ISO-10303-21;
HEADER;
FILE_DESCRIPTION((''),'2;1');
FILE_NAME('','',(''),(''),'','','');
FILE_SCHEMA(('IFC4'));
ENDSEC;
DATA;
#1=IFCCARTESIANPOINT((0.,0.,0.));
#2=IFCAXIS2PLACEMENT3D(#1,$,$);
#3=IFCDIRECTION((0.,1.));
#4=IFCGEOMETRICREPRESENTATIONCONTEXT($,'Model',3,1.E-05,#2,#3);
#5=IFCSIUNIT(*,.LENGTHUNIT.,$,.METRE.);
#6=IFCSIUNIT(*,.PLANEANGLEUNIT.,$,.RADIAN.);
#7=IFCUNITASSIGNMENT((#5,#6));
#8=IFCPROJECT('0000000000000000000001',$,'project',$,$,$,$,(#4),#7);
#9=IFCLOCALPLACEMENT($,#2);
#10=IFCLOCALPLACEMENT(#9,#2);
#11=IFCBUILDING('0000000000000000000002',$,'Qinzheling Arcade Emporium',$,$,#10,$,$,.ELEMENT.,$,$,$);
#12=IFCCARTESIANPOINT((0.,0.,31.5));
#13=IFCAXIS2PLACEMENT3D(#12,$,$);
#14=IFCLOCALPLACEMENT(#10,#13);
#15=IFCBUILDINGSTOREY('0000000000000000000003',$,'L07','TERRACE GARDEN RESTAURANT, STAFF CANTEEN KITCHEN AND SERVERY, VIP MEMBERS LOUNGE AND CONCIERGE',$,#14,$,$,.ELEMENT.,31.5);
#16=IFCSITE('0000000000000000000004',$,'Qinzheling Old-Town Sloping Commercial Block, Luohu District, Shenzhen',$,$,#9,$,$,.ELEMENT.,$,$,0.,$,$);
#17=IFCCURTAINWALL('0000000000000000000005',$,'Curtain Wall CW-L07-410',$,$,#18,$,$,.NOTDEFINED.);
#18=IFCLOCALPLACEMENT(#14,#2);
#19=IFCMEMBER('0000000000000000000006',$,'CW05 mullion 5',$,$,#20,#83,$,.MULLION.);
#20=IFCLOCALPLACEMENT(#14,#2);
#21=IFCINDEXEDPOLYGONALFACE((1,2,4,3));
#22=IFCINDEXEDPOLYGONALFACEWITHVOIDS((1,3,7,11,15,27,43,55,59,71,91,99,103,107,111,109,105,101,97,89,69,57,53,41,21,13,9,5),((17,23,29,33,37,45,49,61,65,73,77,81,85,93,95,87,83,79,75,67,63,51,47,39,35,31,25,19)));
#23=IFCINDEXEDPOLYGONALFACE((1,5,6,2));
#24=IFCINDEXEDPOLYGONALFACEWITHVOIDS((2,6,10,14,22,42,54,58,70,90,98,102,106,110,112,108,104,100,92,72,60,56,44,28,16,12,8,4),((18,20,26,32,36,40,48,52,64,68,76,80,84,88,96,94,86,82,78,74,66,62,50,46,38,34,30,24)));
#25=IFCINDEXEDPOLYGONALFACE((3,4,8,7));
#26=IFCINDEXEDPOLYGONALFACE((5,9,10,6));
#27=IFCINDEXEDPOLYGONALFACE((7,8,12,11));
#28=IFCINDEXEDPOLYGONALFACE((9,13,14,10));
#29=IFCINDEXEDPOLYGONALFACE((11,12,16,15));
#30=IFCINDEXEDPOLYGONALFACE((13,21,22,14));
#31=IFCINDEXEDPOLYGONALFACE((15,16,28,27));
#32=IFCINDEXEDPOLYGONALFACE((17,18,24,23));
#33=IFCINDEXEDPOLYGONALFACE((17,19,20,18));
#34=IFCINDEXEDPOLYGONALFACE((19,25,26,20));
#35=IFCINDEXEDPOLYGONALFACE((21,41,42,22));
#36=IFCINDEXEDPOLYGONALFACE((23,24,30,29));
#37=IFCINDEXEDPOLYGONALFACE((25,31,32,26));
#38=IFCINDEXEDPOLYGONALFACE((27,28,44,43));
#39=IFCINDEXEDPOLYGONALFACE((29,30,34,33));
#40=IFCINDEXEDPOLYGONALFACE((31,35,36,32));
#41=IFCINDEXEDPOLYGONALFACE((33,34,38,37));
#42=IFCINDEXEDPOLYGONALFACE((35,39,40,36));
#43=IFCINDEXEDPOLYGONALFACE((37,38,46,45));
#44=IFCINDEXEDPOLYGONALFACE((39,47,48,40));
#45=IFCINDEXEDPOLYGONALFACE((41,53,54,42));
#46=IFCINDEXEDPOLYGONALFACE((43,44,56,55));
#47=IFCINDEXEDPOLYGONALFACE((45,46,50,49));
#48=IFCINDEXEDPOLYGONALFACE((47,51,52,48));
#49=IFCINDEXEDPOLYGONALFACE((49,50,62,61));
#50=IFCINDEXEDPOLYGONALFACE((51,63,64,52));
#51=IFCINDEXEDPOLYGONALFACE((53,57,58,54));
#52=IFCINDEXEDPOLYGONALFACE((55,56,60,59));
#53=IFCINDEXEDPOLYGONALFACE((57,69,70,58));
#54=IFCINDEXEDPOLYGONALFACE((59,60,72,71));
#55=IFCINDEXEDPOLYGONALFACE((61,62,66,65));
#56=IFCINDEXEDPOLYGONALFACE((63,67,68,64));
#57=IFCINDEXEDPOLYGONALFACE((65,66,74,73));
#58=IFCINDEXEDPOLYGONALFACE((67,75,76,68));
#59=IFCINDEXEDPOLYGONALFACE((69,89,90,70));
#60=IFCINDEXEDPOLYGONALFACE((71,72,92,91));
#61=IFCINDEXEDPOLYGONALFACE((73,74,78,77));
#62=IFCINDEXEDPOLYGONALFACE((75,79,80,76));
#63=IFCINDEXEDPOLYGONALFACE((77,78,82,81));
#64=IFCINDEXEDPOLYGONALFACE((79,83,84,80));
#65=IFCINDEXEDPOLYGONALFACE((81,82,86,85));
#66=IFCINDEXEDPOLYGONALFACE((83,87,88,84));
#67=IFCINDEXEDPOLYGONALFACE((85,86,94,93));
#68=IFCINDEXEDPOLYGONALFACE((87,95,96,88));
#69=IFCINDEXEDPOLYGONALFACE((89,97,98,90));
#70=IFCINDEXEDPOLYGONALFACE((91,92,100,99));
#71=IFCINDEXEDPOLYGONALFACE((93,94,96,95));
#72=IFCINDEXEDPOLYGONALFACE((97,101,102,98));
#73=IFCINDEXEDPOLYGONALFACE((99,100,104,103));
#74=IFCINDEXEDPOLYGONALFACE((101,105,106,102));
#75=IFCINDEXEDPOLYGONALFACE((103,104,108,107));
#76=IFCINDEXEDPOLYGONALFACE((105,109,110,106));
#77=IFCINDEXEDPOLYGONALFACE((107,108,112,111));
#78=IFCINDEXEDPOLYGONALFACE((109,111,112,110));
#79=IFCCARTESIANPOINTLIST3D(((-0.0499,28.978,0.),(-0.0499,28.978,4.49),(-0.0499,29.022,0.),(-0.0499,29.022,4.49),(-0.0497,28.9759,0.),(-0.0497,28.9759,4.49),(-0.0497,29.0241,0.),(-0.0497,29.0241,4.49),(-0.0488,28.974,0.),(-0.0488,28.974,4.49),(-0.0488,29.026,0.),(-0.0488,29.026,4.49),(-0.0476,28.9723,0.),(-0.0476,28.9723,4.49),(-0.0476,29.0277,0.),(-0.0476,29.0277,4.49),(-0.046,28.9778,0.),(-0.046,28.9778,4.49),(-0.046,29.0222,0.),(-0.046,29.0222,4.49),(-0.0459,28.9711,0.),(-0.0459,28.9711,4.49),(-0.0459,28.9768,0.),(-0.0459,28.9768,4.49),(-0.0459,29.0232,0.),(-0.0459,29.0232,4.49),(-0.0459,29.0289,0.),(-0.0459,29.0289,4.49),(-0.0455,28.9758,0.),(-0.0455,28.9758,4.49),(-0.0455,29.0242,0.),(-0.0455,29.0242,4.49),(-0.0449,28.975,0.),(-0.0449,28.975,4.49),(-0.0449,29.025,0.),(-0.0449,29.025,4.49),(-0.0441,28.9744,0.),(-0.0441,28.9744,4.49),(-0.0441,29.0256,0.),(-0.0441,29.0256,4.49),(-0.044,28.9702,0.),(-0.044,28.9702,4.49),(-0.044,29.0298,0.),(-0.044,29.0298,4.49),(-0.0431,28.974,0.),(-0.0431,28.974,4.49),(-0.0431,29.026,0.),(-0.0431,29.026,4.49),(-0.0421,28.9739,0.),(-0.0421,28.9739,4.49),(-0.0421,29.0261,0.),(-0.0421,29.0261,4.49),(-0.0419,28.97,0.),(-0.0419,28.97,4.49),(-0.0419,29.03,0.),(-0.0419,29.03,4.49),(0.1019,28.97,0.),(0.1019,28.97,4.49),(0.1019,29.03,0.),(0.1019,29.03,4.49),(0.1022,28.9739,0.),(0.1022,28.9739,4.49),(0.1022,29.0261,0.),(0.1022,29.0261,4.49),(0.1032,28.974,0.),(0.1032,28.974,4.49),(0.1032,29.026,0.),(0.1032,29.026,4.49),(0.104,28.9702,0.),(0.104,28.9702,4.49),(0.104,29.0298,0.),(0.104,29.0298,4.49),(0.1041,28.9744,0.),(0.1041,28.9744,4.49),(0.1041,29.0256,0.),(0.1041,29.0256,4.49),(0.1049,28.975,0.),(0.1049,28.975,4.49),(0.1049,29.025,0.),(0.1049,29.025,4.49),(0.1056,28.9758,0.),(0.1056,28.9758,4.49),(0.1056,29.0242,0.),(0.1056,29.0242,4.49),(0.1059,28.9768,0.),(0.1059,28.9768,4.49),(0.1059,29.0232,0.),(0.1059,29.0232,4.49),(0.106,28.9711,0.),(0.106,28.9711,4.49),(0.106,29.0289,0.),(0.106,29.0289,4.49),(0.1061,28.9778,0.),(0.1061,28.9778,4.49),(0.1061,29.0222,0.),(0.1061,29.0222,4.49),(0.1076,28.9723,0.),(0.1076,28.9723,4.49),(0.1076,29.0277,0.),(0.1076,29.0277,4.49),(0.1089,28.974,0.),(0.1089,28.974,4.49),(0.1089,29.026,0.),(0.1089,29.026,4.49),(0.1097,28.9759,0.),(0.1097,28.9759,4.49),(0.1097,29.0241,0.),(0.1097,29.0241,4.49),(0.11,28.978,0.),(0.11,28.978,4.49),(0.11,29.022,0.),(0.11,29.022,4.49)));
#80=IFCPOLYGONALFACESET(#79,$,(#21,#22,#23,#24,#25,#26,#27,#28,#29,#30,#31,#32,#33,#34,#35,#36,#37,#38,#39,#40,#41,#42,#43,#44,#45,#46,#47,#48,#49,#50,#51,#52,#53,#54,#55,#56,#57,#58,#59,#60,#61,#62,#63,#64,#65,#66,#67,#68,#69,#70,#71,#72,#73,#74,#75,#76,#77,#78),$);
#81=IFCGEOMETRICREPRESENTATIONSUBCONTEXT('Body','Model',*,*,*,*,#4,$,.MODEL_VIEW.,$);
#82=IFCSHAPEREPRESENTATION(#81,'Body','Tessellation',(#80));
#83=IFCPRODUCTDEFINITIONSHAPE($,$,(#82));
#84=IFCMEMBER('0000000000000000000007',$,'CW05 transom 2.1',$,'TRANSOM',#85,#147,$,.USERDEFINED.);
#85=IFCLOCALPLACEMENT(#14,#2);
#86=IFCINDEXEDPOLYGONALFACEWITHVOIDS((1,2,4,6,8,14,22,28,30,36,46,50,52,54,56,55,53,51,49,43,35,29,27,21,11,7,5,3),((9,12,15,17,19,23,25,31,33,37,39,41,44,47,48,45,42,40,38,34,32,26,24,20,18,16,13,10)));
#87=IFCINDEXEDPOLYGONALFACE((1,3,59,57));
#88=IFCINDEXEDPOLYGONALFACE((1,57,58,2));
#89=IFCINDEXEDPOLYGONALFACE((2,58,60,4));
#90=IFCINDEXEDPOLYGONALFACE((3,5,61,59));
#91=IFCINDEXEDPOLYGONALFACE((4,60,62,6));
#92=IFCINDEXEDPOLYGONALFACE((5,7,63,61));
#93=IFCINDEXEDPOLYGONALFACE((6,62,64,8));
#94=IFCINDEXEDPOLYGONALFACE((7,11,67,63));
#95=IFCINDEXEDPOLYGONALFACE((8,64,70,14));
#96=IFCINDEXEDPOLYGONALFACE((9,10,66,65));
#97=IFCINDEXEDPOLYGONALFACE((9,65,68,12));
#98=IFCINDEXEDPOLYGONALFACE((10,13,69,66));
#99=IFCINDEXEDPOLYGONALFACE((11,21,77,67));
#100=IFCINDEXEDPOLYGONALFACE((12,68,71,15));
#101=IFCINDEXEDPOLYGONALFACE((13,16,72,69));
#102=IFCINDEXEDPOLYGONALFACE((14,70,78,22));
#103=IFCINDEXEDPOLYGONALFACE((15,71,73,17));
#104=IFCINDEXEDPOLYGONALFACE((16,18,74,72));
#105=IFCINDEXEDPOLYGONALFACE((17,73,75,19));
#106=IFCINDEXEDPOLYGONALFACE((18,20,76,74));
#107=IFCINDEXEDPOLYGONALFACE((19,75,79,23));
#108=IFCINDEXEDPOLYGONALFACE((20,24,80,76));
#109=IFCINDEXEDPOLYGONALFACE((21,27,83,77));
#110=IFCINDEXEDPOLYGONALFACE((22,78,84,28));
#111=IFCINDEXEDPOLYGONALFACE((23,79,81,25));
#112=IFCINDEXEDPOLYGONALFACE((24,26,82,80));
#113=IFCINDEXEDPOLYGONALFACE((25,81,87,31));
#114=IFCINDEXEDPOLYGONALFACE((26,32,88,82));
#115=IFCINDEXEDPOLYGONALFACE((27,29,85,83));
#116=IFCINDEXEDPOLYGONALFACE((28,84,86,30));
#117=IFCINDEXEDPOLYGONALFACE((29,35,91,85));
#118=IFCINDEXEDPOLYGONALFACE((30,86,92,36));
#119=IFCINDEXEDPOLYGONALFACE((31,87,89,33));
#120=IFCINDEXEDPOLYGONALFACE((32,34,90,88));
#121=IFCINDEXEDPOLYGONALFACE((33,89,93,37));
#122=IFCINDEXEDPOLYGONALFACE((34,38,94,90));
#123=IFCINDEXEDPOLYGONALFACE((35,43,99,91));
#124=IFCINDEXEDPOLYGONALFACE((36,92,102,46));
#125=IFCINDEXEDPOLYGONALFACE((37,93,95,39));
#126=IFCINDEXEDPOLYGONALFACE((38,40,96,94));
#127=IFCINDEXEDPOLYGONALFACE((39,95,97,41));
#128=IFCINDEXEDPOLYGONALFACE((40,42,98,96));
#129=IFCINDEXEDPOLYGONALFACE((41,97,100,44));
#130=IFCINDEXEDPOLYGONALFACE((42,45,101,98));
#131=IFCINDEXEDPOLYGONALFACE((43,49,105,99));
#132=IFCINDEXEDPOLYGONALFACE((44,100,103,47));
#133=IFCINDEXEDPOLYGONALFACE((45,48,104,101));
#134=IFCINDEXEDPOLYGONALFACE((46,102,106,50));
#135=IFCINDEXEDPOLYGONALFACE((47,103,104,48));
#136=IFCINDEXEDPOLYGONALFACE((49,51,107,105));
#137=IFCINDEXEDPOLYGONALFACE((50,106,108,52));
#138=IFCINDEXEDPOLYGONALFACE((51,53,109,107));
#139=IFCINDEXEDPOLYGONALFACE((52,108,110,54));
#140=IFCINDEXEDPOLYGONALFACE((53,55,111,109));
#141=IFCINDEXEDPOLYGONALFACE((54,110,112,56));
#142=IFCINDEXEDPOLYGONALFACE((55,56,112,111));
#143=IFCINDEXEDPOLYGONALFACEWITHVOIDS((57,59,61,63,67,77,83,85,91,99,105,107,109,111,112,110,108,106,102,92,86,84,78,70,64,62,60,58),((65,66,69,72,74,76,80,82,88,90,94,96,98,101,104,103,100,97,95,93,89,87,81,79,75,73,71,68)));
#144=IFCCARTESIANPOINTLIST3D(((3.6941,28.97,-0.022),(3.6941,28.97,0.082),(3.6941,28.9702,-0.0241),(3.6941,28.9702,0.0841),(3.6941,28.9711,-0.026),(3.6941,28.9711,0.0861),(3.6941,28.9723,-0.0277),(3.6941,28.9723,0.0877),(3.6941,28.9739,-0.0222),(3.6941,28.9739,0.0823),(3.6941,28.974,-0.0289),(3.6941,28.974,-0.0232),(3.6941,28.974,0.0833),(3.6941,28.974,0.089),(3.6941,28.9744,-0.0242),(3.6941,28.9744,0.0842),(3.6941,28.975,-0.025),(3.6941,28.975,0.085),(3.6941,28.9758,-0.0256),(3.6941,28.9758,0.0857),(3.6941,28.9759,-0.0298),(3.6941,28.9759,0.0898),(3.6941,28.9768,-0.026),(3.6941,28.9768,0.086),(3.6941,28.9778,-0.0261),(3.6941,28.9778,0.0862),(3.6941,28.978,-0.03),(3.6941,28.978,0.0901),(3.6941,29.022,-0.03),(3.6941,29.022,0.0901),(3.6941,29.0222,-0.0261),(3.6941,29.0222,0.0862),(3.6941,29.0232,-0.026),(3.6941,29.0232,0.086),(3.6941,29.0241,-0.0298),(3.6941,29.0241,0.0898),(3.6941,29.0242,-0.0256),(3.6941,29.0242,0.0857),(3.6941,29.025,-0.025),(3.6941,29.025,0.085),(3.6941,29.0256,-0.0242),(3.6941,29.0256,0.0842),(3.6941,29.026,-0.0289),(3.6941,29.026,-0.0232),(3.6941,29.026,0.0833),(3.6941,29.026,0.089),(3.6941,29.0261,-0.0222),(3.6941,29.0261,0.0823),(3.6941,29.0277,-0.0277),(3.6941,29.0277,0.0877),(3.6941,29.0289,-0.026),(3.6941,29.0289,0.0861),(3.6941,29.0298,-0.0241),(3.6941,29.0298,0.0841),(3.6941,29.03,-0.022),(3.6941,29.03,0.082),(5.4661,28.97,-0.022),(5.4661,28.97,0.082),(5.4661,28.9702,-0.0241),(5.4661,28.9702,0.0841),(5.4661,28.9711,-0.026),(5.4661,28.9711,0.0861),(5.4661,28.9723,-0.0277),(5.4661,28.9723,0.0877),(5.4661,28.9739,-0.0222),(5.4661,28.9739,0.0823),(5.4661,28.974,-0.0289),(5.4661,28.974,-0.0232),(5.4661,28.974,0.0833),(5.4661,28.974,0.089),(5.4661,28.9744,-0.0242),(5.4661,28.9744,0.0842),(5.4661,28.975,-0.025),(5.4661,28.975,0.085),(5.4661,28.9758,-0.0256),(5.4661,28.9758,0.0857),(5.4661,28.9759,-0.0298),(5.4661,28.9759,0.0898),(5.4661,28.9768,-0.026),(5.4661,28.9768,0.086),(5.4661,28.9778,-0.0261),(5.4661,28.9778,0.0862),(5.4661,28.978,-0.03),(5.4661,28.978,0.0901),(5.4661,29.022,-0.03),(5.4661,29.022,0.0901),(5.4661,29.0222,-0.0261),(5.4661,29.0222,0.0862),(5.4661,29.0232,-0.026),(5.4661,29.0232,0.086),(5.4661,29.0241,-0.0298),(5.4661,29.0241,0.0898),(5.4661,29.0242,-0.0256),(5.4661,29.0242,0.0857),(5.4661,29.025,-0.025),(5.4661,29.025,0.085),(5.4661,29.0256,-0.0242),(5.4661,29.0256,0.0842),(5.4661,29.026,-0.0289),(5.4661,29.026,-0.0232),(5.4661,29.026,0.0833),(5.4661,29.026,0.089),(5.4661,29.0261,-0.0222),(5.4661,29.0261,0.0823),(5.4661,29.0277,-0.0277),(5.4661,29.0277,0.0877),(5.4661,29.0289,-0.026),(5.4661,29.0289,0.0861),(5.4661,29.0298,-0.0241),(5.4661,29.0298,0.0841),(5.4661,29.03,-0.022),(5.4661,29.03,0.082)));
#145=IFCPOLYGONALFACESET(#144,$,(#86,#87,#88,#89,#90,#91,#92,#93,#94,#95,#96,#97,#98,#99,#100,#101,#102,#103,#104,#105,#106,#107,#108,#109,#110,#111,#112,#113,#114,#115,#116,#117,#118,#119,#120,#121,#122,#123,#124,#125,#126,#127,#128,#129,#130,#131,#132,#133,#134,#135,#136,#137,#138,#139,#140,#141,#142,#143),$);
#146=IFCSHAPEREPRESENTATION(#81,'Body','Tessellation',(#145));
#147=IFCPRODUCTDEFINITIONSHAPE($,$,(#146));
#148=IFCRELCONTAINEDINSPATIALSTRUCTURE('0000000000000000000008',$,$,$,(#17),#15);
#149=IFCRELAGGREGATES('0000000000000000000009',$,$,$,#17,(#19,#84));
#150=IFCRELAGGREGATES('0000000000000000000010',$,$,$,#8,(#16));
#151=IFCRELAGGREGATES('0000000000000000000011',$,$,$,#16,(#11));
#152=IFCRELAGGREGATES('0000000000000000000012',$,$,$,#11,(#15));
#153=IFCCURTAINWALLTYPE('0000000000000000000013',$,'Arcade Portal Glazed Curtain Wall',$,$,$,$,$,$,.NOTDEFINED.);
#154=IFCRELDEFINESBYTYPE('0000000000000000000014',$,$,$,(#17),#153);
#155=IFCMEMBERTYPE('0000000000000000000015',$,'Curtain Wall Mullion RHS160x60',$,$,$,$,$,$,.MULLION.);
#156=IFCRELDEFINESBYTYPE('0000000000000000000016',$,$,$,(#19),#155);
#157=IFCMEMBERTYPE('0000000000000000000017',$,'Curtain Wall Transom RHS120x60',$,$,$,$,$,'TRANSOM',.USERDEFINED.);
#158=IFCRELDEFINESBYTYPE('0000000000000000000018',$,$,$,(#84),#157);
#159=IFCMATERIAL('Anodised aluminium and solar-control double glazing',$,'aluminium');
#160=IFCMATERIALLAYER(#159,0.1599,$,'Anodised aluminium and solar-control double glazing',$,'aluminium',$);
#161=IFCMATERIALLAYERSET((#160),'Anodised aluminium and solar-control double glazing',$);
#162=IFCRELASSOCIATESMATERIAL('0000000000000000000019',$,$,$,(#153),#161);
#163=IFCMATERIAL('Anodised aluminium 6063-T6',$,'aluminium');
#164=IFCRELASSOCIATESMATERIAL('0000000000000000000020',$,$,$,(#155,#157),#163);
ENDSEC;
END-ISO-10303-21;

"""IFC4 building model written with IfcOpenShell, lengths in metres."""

from ifc_helpers import new_model, si_unit, direction, frame, origin, origin_2d, place, context, subcontext, project, spatial, hollow_rectangle, extrude, material, layer, layer_set, material_profile, profile_set, type_object, element, aggregate, save


model = new_model("IFC4")

# Units and contexts
model_context = context("Model", 3, precision=1e-05, world=origin(), true_north=direction((0.0, 1.0)))
body_context = subcontext(model_context, "Body", "Model", "MODEL_VIEW")
ifc_project = project(units=[si_unit("LENGTHUNIT", "METRE"), si_unit("PLANEANGLEUNIT", "RADIAN")], contexts=[model_context])

# Site, building, storey
site_placement = place(None, origin())
site = spatial("IfcSite", under=ifc_project, at=site_placement, Name="Qinzheling Old-Town Sloping Commercial Block, Luohu District, Shenzhen", CompositionType="ELEMENT", RefElevation=0.0)
building_placement = place(site_placement, origin())
building = spatial("IfcBuilding", under=site, at=building_placement, Name="Qinzheling Arcade Emporium", CompositionType="ELEMENT")
storey_placement = place(building_placement, frame((0.0, 0.0, 31.5)))
storey = spatial("IfcBuildingStorey", under=building, at=storey_placement, Name="L07", Description="TERRACE GARDEN RESTAURANT, STAFF CANTEEN KITCHEN AND SERVERY, VIP MEMBERS LOUNGE AND CONCIERGE", CompositionType="ELEMENT", Elevation=31.5)

# Curtain wall, members
ifc_material_1 = material(Name="Anodised aluminium and solar-control double glazing", Category="aluminium")
ifc_layer_1 = layer(ifc_material_1, 0.1599, Name="Anodised aluminium and solar-control double glazing", Category="aluminium")
ifc_layer_set_1 = layer_set([ifc_layer_1], Name="Anodised aluminium and solar-control double glazing")
curtain_wall_type = type_object("IfcCurtainWallType", Name="Arcade Portal Glazed Curtain Wall", PredefinedType="NOTDEFINED", material=ifc_layer_set_1)
curtain_wall_placement = place(storey_placement, origin())
curtain_wall = element("IfcCurtainWall", 1, at=curtain_wall_placement, inside=storey, type_object=curtain_wall_type, Name="Curtain Wall CW-L07-410", PredefinedType="NOTDEFINED")
ifc_material_2 = material(Name="Anodised aluminium 6063-T6", Category="aluminium")
ifc_material_profile_1 = material_profile(ifc_material_2, hollow_rectangle(XDim=0.0601, YDim=0.1599, WallThickness=0.0039, InnerFilletRadius=0.0039, OuterFilletRadius=0.0081, at=origin_2d()), Name="RHS 160x60x4", Category="aluminium")
ifc_profile_set_1 = profile_set([ifc_material_profile_1], Name="Anodised aluminium 6063-T6")
member_type_1 = type_object("IfcMemberType", Name="Curtain Wall Mullion RHS160x60", PredefinedType="MULLION", material=ifc_profile_set_1)
member_1_placement = place(storey_placement, frame((0.03, 29.0, 0.0), z_axis=(0.0, 0.0, 1.0), x_axis=(0.0, -1.0, 0.0)))
member_1 = element("IfcMember", 2, at=member_1_placement, type_object=member_type_1, Name="CW05 mullion 5", PredefinedType="MULLION", context=body_context, shape_type="SweptSolid", body=[
    extrude(hollow_rectangle(XDim=0.0601, YDim=0.1599, WallThickness=0.0039, InnerFilletRadius=0.0039, OuterFilletRadius=0.0081, at=origin_2d()), origin(), (0.0, 0.0, 1.0), 4.49),
])
ifc_material_profile_2 = material_profile(ifc_material_2, hollow_rectangle(XDim=0.0601, YDim=0.1201, WallThickness=0.0039, InnerFilletRadius=0.0039, OuterFilletRadius=0.0081, at=origin_2d()), Name="RHS 120x60x4", Category="aluminium")
ifc_profile_set_2 = profile_set([ifc_material_profile_2], Name="Anodised aluminium 6063-T6")
member_type_2 = type_object("IfcMemberType", Name="Curtain Wall Transom RHS120x60", ElementType="TRANSOM", PredefinedType="USERDEFINED", material=ifc_profile_set_2)
member_2_placement = place(storey_placement, frame((5.4661, 29.0, 0.03), z_axis=(-1.0, 0.0, 0.0), x_axis=(0.0, -1.0, 0.0)))
member_2 = element("IfcMember", 3, at=member_2_placement, type_object=member_type_2, Name="CW05 transom 2.1", ObjectType="TRANSOM", PredefinedType="USERDEFINED", context=body_context, shape_type="SweptSolid", body=[
    extrude(hollow_rectangle(XDim=0.0601, YDim=0.1201, WallThickness=0.0039, InnerFilletRadius=0.0039, OuterFilletRadius=0.0081, at=origin_2d()), origin(), (0.0, 0.0, 1.0), 1.772),
])
aggregate(curtain_wall, [member_1, member_2])

save(model, "model.ifc")
